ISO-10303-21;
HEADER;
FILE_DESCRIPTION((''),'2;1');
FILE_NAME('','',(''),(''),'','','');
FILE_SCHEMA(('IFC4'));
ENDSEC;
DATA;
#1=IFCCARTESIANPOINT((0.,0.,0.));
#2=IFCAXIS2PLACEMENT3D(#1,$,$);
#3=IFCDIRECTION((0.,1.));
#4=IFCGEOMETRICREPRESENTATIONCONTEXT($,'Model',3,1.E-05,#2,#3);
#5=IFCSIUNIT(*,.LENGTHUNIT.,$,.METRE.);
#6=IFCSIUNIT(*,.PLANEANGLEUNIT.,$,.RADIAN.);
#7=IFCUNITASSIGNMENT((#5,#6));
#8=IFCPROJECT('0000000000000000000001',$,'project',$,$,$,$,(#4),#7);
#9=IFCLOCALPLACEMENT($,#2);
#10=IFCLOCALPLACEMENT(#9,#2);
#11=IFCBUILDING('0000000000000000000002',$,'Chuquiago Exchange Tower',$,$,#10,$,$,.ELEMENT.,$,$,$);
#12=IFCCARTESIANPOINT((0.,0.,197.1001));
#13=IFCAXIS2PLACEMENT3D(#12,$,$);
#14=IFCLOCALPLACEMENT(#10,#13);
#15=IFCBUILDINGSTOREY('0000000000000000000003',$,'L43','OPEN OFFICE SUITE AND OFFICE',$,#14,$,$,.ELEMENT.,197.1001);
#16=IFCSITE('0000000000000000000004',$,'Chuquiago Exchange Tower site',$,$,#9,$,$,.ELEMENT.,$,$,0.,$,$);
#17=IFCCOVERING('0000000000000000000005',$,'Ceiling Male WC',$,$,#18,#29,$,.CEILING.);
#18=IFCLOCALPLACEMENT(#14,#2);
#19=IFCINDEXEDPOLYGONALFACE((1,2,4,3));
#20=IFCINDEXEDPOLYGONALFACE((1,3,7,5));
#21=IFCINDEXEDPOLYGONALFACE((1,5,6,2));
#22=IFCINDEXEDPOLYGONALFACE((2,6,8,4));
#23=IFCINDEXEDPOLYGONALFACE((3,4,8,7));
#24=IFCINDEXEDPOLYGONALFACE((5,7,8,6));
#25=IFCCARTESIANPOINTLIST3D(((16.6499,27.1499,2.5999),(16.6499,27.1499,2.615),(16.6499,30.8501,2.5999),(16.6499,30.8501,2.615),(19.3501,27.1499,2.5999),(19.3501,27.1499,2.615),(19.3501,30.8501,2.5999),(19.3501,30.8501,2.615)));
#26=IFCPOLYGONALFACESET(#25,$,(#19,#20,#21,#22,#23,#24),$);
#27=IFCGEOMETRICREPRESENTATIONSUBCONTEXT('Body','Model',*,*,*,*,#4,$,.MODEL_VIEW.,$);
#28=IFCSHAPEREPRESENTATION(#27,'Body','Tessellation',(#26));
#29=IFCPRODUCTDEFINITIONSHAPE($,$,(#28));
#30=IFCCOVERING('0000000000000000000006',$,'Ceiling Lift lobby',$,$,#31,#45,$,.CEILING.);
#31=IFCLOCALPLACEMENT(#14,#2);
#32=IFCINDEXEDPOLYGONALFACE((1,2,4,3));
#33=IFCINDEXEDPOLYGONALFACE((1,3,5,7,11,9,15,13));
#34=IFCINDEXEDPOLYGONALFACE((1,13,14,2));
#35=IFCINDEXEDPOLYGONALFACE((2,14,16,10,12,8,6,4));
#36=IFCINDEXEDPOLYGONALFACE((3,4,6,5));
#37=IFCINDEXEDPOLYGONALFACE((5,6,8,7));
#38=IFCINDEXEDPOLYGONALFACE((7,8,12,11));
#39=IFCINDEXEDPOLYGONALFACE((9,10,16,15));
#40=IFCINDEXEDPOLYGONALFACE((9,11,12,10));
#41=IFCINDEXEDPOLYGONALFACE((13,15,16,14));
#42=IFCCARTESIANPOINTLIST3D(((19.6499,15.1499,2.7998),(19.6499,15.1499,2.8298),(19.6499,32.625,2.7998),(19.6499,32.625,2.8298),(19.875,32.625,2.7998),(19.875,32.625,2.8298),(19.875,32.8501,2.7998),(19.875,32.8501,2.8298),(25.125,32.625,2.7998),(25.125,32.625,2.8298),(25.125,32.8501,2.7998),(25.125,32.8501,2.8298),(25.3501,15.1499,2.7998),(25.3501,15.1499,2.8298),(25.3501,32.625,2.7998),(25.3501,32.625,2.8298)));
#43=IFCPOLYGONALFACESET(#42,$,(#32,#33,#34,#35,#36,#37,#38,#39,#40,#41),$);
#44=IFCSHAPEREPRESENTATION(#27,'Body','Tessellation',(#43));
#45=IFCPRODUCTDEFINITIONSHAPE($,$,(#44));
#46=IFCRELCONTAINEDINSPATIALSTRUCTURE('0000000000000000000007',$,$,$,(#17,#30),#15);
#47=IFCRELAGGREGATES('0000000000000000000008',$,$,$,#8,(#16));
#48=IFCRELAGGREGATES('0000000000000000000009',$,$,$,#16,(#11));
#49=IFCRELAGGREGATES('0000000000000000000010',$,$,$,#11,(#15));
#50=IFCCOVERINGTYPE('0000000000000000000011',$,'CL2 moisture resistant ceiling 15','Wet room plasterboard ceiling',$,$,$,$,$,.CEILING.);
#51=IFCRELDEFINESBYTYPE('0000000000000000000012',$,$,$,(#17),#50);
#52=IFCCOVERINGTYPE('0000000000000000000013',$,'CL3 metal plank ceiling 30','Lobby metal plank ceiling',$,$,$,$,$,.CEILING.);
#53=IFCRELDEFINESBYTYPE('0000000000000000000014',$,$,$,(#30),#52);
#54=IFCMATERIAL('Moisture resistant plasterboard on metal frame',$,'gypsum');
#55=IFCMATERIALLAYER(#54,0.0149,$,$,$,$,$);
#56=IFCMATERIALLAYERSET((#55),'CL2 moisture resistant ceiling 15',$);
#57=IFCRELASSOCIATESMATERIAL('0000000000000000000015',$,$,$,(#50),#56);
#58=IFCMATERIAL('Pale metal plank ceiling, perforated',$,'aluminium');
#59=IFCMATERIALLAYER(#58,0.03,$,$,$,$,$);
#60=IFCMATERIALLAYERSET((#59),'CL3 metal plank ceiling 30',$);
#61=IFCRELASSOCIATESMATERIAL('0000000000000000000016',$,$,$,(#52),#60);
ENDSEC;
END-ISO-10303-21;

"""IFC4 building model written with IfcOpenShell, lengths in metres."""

from ifc_helpers import new_model, si_unit, direction, frame, origin, place, context, subcontext, project, spatial, polyline, outline, extrude, material, layer, layer_set, type_object, element, save


model = new_model("IFC4")

# Units and contexts
model_context = context("Model", 3, precision=1e-05, world=origin(), true_north=direction((0.0, 1.0)))
body_context = subcontext(model_context, "Body", "Model", "MODEL_VIEW")
ifc_project = project(units=[si_unit("LENGTHUNIT", "METRE"), si_unit("PLANEANGLEUNIT", "RADIAN")], contexts=[model_context])

# Site, building, storey
site_placement = place(None, origin())
site = spatial("IfcSite", under=ifc_project, at=site_placement, Name="Chuquiago Exchange Tower site", CompositionType="ELEMENT", RefElevation=0.0)
building_placement = place(site_placement, origin())
building = spatial("IfcBuilding", under=site, at=building_placement, Name="Chuquiago Exchange Tower", CompositionType="ELEMENT")
storey_placement = place(building_placement, frame((0.0, 0.0, 197.1001)))
storey = spatial("IfcBuildingStorey", under=building, at=storey_placement, Name="L43", Description="OPEN OFFICE SUITE AND OFFICE", CompositionType="ELEMENT", Elevation=197.1001)

# Coverings
ifc_material_1 = material(Name="Moisture resistant plasterboard on metal frame", Category="gypsum")
ifc_layer_1 = layer(ifc_material_1, 0.0149)
ifc_layer_set_1 = layer_set([ifc_layer_1], Name="CL2 moisture resistant ceiling 15")
covering_type_1 = type_object("IfcCoveringType", Name="CL2 moisture resistant ceiling 15", Description="Wet room plasterboard ceiling", PredefinedType="CEILING", material=ifc_layer_set_1)
covering_1_placement = place(storey_placement, frame((0.0, 0.0, 2.5999)))
element("IfcCovering", 1, at=covering_1_placement, inside=storey, type_object=covering_type_1, Name="Ceiling Male WC", PredefinedType="CEILING", context=body_context, shape_type="SweptSolid", body=[
    extrude(outline(polyline([(16.6499, 27.1499), (16.6499, 30.8501), (19.3501, 30.8501), (19.3501, 27.1499), (16.6499, 27.1499)])), origin(), (0.0, 0.0, 1.0), 0.0151),
])
ifc_material_2 = material(Name="Pale metal plank ceiling, perforated", Category="aluminium")
ifc_layer_2 = layer(ifc_material_2, 0.03)
ifc_layer_set_2 = layer_set([ifc_layer_2], Name="CL3 metal plank ceiling 30")
covering_type_2 = type_object("IfcCoveringType", Name="CL3 metal plank ceiling 30", Description="Lobby metal plank ceiling", PredefinedType="CEILING", material=ifc_layer_set_2)
covering_2_placement = place(storey_placement, frame((0.0, 0.0, 2.7998)))
element("IfcCovering", 2, at=covering_2_placement, inside=storey, type_object=covering_type_2, Name="Ceiling Lift lobby", PredefinedType="CEILING", context=body_context, shape_type="SweptSolid", body=[
    extrude(outline(polyline([(19.6499, 15.1499), (19.6499, 32.625), (19.875, 32.625), (19.875, 32.8501), (25.125, 32.8501), (25.125, 32.625), (25.3501, 32.625), (25.3501, 15.1499), (19.6499, 15.1499)])), origin(), (0.0, 0.0, 1.0), 0.03),
])

save(model, "model.ifc")
